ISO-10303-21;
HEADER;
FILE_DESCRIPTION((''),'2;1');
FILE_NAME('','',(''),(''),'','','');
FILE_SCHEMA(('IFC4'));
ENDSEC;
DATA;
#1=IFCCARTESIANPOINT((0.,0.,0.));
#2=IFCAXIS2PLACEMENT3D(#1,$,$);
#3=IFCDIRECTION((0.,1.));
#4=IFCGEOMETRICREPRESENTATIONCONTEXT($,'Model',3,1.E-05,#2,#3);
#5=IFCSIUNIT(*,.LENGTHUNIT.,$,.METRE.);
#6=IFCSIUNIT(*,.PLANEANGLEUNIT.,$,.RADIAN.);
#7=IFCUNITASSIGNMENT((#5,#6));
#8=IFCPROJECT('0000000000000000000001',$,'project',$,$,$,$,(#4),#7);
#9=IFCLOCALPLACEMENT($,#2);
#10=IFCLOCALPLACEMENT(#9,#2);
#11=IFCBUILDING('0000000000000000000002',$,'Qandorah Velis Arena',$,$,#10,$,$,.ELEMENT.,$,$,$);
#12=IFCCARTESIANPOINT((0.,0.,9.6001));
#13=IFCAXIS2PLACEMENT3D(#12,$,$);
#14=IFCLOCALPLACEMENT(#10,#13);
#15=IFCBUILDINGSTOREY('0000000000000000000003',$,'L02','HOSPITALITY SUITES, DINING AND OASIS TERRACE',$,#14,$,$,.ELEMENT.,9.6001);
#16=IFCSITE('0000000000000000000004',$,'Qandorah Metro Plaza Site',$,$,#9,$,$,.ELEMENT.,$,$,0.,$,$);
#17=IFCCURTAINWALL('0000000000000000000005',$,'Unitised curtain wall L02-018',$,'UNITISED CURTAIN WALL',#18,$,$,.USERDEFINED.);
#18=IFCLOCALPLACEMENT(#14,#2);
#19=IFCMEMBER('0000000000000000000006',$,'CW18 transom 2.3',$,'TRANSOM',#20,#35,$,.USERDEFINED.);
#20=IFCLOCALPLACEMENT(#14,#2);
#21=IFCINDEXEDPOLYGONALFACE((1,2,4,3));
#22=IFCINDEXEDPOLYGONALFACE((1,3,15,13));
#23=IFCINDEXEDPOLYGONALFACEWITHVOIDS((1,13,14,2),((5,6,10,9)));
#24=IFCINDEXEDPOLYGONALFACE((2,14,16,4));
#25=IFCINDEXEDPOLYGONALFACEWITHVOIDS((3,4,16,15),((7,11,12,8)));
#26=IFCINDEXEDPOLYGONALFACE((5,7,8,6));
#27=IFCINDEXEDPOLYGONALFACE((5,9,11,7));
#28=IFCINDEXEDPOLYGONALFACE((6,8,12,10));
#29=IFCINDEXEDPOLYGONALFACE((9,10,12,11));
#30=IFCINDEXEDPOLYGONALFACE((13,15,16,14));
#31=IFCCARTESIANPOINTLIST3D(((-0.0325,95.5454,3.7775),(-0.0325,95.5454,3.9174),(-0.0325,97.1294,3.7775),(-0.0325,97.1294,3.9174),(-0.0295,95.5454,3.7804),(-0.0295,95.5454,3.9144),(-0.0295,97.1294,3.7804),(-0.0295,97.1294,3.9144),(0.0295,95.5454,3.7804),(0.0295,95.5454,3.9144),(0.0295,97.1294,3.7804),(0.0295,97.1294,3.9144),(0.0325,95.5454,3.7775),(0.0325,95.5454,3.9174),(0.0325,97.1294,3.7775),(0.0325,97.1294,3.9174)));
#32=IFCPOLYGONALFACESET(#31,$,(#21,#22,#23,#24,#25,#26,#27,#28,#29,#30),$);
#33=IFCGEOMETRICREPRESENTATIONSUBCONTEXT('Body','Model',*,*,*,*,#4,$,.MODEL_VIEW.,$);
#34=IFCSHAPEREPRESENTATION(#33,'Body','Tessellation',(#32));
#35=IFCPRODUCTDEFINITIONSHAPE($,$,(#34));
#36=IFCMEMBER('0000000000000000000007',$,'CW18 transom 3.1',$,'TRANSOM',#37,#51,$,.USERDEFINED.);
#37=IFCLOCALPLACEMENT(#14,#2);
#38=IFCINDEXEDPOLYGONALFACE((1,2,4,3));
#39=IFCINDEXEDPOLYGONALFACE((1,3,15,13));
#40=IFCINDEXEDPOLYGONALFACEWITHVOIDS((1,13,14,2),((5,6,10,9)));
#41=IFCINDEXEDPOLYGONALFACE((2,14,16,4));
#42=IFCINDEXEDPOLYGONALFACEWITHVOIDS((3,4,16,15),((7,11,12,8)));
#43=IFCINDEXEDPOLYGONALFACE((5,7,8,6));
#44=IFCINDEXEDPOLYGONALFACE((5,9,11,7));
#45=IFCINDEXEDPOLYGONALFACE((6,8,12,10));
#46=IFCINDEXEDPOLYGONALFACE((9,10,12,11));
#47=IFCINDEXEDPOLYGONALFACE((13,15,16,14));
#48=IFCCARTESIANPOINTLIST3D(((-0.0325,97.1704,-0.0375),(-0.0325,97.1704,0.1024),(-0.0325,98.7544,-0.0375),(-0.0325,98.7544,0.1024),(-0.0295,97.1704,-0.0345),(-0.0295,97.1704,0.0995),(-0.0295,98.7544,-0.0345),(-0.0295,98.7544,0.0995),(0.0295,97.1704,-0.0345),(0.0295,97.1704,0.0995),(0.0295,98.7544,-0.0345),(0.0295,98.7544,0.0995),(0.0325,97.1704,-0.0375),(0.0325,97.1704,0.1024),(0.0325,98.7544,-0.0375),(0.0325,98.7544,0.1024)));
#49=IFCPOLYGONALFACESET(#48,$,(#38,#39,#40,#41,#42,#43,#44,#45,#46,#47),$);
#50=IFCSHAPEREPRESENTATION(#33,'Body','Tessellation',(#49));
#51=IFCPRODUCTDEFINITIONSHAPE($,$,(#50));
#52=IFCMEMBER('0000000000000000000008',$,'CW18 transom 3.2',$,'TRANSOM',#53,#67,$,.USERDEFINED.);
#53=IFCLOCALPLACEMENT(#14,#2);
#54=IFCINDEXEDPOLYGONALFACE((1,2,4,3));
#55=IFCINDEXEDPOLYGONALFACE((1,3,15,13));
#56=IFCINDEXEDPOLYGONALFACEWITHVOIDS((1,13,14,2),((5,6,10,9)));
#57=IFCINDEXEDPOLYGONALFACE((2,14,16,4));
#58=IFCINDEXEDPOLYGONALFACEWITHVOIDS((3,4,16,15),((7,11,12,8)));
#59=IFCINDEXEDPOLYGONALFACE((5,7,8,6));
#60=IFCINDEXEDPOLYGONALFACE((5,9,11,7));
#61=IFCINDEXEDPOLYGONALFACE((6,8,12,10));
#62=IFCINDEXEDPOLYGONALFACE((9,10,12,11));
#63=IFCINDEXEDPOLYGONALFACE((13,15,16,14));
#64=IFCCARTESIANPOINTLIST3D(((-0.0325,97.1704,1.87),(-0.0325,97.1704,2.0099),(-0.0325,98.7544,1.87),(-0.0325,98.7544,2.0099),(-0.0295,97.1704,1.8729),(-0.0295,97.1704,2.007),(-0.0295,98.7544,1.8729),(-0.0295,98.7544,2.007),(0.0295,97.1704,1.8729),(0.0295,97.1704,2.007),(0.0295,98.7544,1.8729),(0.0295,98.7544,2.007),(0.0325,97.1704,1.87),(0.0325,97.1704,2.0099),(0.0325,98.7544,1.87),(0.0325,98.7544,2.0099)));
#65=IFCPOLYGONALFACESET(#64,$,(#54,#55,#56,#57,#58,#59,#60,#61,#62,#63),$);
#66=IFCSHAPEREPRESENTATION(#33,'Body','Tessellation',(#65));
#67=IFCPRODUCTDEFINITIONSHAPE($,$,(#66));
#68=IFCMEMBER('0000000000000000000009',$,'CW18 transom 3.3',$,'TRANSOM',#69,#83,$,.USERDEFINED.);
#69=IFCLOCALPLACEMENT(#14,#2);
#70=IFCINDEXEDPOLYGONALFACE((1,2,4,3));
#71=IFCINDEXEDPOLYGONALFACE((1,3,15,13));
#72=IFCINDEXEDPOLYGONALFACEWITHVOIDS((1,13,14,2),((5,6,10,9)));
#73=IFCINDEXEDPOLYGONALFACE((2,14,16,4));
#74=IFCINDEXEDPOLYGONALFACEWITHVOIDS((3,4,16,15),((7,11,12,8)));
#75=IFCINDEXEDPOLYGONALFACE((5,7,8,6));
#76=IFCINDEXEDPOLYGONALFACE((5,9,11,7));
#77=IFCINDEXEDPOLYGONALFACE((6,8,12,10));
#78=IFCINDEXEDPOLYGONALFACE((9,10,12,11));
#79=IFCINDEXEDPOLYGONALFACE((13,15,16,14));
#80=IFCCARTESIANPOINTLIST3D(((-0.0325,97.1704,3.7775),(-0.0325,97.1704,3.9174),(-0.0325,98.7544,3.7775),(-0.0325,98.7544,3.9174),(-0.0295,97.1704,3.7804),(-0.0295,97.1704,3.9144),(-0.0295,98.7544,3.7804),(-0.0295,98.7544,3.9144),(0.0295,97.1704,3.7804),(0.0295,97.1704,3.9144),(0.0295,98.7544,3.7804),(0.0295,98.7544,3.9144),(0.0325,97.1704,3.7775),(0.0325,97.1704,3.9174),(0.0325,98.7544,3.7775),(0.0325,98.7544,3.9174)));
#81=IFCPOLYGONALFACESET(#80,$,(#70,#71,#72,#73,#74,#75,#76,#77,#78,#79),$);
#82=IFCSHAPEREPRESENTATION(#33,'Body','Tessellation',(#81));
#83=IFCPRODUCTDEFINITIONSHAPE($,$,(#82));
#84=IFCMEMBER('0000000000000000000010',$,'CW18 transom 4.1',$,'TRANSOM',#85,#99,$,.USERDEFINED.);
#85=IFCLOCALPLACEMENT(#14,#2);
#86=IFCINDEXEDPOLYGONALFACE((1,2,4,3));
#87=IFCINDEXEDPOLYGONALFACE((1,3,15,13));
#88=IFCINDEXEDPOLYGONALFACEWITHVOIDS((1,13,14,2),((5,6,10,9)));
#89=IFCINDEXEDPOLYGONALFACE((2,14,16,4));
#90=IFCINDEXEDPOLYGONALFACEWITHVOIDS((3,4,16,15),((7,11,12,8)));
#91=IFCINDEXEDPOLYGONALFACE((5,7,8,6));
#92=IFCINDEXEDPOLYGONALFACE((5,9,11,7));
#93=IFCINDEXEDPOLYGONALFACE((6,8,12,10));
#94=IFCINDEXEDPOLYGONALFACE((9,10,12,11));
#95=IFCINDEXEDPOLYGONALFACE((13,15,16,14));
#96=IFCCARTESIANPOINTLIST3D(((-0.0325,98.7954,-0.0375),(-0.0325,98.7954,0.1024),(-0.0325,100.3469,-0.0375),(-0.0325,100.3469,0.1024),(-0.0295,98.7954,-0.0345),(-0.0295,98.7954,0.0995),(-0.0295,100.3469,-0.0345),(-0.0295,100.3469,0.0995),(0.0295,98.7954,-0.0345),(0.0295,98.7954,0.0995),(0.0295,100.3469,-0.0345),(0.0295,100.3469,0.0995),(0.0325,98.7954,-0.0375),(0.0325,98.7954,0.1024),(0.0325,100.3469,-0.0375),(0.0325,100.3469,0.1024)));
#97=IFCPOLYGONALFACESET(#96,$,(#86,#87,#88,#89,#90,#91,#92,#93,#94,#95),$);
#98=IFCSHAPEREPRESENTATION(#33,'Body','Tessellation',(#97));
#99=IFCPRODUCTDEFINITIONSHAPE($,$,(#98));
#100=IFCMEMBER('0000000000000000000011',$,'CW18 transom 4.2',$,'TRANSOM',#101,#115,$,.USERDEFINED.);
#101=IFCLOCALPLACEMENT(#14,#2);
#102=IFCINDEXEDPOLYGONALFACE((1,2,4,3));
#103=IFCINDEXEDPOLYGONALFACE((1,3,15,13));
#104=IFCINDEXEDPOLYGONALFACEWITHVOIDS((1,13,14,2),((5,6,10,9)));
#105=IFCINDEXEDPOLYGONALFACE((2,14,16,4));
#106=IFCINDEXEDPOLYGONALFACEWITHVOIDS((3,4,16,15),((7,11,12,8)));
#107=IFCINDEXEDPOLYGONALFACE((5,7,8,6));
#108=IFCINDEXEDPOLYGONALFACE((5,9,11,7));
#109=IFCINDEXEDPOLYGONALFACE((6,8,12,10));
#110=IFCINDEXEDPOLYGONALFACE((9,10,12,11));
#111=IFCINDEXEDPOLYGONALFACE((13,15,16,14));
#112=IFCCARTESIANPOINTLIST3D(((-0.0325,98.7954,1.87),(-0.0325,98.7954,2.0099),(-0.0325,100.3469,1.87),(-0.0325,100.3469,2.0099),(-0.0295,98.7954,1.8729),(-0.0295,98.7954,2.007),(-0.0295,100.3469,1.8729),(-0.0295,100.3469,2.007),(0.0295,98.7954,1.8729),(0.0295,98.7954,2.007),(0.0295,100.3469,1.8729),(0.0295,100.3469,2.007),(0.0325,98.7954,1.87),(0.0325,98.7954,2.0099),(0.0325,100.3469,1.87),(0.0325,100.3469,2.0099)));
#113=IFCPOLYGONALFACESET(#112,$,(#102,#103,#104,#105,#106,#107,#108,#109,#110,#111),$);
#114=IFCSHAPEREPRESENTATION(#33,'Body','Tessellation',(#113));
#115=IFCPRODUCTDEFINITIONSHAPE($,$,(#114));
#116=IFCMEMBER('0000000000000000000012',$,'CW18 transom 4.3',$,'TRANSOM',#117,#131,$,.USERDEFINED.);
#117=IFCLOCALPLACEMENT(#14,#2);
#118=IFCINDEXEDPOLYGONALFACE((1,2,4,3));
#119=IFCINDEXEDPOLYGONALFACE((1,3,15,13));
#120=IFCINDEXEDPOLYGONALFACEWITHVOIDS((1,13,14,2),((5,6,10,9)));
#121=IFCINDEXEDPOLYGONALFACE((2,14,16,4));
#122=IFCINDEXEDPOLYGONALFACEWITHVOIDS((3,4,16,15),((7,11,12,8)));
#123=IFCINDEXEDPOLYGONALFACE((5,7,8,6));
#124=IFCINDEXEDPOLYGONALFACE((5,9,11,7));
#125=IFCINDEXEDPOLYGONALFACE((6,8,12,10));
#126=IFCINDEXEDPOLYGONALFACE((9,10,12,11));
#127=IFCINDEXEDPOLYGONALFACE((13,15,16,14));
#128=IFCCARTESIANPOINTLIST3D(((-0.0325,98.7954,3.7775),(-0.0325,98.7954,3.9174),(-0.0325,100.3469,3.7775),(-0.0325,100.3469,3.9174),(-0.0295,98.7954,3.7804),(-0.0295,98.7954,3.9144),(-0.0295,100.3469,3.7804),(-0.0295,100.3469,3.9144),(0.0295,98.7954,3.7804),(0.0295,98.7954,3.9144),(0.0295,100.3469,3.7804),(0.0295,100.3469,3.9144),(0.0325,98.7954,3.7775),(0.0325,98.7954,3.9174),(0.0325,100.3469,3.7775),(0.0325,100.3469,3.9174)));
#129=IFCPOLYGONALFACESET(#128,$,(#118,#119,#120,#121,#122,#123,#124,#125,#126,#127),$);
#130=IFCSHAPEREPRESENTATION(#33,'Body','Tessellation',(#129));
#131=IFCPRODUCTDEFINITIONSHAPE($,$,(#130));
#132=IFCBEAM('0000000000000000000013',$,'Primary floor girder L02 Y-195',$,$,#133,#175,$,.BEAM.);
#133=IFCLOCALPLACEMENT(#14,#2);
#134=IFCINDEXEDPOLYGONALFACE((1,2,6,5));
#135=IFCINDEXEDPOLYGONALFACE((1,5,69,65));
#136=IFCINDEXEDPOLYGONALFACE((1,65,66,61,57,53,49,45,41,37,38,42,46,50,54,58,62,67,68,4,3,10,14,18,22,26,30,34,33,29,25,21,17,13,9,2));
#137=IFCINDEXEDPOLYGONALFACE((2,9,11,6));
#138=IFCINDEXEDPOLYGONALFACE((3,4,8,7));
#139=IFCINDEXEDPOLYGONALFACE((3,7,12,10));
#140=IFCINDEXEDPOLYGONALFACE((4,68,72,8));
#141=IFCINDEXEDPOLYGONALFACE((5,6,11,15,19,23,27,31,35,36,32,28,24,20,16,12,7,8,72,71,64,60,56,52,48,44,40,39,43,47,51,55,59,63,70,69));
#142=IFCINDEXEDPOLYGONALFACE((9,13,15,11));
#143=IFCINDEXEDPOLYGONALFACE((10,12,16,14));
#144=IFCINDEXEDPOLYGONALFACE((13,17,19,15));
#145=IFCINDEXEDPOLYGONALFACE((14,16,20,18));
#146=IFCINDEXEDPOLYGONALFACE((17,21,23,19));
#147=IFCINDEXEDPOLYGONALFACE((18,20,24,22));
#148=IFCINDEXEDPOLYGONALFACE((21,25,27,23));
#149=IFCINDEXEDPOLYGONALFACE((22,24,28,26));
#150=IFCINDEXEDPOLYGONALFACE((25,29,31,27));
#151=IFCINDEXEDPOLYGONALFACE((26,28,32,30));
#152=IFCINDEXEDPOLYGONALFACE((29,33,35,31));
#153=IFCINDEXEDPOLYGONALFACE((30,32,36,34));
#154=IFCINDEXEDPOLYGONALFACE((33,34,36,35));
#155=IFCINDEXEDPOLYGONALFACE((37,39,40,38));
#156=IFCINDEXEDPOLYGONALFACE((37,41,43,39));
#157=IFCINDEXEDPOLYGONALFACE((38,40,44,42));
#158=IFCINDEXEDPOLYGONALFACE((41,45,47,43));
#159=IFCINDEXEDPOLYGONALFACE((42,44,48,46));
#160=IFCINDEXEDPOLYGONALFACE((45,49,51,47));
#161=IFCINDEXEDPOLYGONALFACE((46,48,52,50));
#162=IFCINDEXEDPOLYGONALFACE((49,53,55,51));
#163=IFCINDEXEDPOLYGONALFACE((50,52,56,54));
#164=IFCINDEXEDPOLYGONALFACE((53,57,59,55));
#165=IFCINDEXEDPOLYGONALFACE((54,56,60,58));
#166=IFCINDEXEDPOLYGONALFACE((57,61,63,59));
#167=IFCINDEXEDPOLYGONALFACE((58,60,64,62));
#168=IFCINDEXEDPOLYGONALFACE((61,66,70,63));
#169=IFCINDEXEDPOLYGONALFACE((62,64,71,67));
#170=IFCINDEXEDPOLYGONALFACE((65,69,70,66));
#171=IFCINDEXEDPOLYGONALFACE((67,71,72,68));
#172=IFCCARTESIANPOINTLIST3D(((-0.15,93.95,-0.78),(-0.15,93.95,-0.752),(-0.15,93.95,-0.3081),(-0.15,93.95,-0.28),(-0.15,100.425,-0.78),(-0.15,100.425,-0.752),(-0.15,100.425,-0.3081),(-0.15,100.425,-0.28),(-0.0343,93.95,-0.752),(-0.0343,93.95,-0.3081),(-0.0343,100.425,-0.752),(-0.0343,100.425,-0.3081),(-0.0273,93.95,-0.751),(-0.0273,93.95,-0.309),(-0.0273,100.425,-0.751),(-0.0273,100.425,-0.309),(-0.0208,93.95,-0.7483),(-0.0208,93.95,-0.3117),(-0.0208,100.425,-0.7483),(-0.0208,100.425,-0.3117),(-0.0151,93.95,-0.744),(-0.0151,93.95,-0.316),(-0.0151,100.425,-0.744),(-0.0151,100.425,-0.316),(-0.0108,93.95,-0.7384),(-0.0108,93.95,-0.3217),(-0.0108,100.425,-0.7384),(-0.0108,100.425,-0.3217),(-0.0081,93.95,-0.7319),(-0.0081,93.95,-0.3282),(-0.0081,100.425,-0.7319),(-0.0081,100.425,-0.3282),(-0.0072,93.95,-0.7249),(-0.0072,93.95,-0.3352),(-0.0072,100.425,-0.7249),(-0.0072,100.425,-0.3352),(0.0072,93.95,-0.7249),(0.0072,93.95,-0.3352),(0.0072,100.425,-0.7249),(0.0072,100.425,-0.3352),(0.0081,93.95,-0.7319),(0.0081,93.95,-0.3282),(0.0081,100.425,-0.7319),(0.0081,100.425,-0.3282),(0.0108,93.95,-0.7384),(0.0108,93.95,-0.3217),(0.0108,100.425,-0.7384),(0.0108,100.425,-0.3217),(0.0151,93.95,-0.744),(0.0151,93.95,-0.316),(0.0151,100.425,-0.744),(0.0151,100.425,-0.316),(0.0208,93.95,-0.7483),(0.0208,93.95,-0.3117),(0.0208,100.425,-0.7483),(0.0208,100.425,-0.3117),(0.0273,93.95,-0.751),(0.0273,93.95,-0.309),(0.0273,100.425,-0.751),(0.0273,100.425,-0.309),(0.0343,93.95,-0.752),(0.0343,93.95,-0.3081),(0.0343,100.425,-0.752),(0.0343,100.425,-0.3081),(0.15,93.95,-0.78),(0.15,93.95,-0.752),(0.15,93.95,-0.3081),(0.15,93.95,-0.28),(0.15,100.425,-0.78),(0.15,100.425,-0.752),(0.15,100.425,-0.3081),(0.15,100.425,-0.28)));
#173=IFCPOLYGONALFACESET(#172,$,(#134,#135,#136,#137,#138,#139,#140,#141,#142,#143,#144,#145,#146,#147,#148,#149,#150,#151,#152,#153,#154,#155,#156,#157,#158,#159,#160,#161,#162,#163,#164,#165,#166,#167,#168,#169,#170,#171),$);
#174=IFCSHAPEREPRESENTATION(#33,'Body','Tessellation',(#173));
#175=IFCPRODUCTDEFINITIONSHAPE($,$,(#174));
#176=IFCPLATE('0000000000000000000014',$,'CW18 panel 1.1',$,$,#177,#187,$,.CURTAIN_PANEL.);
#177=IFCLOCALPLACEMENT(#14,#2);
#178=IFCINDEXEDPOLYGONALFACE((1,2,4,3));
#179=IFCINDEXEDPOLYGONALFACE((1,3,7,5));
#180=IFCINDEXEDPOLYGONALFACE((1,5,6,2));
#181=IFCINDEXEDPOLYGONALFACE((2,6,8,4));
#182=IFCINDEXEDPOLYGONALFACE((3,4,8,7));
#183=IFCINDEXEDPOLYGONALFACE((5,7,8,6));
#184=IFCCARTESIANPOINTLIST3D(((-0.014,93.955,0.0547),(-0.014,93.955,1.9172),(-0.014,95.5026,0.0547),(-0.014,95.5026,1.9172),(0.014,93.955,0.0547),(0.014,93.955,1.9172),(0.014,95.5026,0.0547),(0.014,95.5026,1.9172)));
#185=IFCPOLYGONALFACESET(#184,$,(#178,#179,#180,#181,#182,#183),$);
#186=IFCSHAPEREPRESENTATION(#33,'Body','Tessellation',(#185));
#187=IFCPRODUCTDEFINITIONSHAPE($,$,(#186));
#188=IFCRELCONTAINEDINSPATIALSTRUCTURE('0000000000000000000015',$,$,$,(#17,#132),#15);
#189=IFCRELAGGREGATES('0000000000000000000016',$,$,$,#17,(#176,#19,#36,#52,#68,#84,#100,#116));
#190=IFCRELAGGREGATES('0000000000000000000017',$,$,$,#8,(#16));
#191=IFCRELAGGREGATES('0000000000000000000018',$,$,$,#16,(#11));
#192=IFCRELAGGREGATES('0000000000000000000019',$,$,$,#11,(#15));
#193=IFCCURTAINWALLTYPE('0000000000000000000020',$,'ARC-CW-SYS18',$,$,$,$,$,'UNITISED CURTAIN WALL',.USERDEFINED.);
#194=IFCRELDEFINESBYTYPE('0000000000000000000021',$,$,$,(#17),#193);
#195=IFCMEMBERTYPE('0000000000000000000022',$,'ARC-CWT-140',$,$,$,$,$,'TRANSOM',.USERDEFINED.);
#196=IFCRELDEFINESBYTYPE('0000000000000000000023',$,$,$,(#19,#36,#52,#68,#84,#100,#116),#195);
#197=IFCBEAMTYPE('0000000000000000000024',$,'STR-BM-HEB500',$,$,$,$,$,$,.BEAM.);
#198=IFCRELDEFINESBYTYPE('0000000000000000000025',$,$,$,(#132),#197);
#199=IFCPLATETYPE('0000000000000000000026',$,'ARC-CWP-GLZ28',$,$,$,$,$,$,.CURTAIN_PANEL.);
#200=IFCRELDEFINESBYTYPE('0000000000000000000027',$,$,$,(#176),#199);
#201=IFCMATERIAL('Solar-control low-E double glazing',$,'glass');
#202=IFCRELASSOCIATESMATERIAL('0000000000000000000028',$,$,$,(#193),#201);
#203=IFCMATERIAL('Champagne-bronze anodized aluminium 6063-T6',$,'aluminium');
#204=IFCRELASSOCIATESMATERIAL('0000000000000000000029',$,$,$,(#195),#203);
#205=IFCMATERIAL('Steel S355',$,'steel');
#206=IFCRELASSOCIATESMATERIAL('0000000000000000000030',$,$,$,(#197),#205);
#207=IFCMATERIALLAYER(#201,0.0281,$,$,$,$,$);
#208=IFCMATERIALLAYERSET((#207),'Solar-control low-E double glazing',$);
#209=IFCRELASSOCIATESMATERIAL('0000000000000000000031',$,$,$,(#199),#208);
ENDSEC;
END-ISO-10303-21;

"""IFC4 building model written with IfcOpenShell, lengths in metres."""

from ifc_helpers import new_model, si_unit, direction, frame, origin, origin_2d, place, context, subcontext, project, spatial, rectangle, hollow_rectangle, i_section, extrude, material, layer, layer_set, material_profile, profile_set, type_object, element, aggregate, save


model = new_model("IFC4")

# Units and contexts
model_context = context("Model", 3, precision=1e-05, world=origin(), true_north=direction((0.0, 1.0)))
body_context = subcontext(model_context, "Body", "Model", "MODEL_VIEW")
ifc_project = project(units=[si_unit("LENGTHUNIT", "METRE"), si_unit("PLANEANGLEUNIT", "RADIAN")], contexts=[model_context])

# Site, building, storey
site_placement = place(None, origin())
site = spatial("IfcSite", under=ifc_project, at=site_placement, Name="Qandorah Metro Plaza Site", CompositionType="ELEMENT", RefElevation=0.0)
building_placement = place(site_placement, origin())
building = spatial("IfcBuilding", under=site, at=building_placement, Name="Qandorah Velis Arena", CompositionType="ELEMENT")
storey_placement = place(building_placement, frame((0.0, 0.0, 9.6001)))
storey = spatial("IfcBuildingStorey", under=building, at=storey_placement, Name="L02", Description="HOSPITALITY SUITES, DINING AND OASIS TERRACE", CompositionType="ELEMENT", Elevation=9.6001)

# Curtain wall, members
ifc_material_1 = material(Name="Solar-control low-E double glazing", Category="glass")
curtain_wall_type = type_object("IfcCurtainWallType", Name="ARC-CW-SYS18", ElementType="UNITISED CURTAIN WALL", PredefinedType="USERDEFINED", material=ifc_material_1)
curtain_wall_placement = place(storey_placement, origin())
curtain_wall = element("IfcCurtainWall", 1, at=curtain_wall_placement, inside=storey, type_object=curtain_wall_type, Name="Unitised curtain wall L02-018", ObjectType="UNITISED CURTAIN WALL", PredefinedType="USERDEFINED")
ifc_material_2 = material(Name="Champagne-bronze anodized aluminium 6063-T6", Category="aluminium")
ifc_material_profile_1 = material_profile(ifc_material_2, hollow_rectangle(XDim=0.0649, YDim=0.1399, WallThickness=0.0029, at=origin_2d()), Name="ALU TRANSOM 65x140")
ifc_profile_set_1 = profile_set([ifc_material_profile_1], Name="Champagne-bronze anodized aluminium 6063-T6")
member_type_1 = type_object("IfcMemberType", Name="ARC-CWT-140", ElementType="TRANSOM", PredefinedType="USERDEFINED", material=ifc_profile_set_1)
member_1_placement = place(storey_placement, frame((0.0, 95.5454, 3.8474), z_axis=(0.0, 1.0, 0.0), x_axis=(-1.0, 0.0, 0.0)))
member_1 = element("IfcMember", 2, at=member_1_placement, type_object=member_type_1, Name="CW18 transom 2.3", ObjectType="TRANSOM", PredefinedType="USERDEFINED", context=body_context, shape_type="SweptSolid", body=[
    extrude(hollow_rectangle(XDim=0.0649, YDim=0.1399, WallThickness=0.0029, at=origin_2d()), origin(), (0.0, 0.0, 1.0), 1.584),
])
member_2_placement = place(storey_placement, frame((0.0, 97.1704, 0.0325), z_axis=(0.0, 1.0, 0.0), x_axis=(-1.0, 0.0, 0.0)))
member_2 = element("IfcMember", 3, at=member_2_placement, type_object=member_type_1, Name="CW18 transom 3.1", ObjectType="TRANSOM", PredefinedType="USERDEFINED", context=body_context, shape_type="SweptSolid", body=[
    extrude(hollow_rectangle(XDim=0.0649, YDim=0.1399, WallThickness=0.0029, at=origin_2d()), origin(), (0.0, 0.0, 1.0), 1.584),
])
member_3_placement = place(storey_placement, frame((0.0, 97.1704, 1.9399), z_axis=(0.0, 1.0, 0.0), x_axis=(-1.0, 0.0, 0.0)))
member_3 = element("IfcMember", 4, at=member_3_placement, type_object=member_type_1, Name="CW18 transom 3.2", ObjectType="TRANSOM", PredefinedType="USERDEFINED", context=body_context, shape_type="SweptSolid", body=[
    extrude(hollow_rectangle(XDim=0.0649, YDim=0.1399, WallThickness=0.0029, at=origin_2d()), origin(), (0.0, 0.0, 1.0), 1.584),
])
member_4_placement = place(storey_placement, frame((0.0, 97.1704, 3.8474), z_axis=(0.0, 1.0, 0.0), x_axis=(-1.0, 0.0, 0.0)))
member_4 = element("IfcMember", 5, at=member_4_placement, type_object=member_type_1, Name="CW18 transom 3.3", ObjectType="TRANSOM", PredefinedType="USERDEFINED", context=body_context, shape_type="SweptSolid", body=[
    extrude(hollow_rectangle(XDim=0.0649, YDim=0.1399, WallThickness=0.0029, at=origin_2d()), origin(), (0.0, 0.0, 1.0), 1.584),
])
member_5_placement = place(storey_placement, frame((0.0, 98.7954, 0.0325), z_axis=(0.0, 1.0, 0.0), x_axis=(-1.0, 0.0, 0.0)))
member_5 = element("IfcMember", 6, at=member_5_placement, type_object=member_type_1, Name="CW18 transom 4.1", ObjectType="TRANSOM", PredefinedType="USERDEFINED", context=body_context, shape_type="SweptSolid", body=[
    extrude(hollow_rectangle(XDim=0.0649, YDim=0.1399, WallThickness=0.0029, at=origin_2d()), origin(), (0.0, 0.0, 1.0), 1.5515),
])
member_6_placement = place(storey_placement, frame((0.0, 98.7954, 1.9399), z_axis=(0.0, 1.0, 0.0), x_axis=(-1.0, 0.0, 0.0)))
member_6 = element("IfcMember", 7, at=member_6_placement, type_object=member_type_1, Name="CW18 transom 4.2", ObjectType="TRANSOM", PredefinedType="USERDEFINED", context=body_context, shape_type="SweptSolid", body=[
    extrude(hollow_rectangle(XDim=0.0649, YDim=0.1399, WallThickness=0.0029, at=origin_2d()), origin(), (0.0, 0.0, 1.0), 1.5515),
])
member_7_placement = place(storey_placement, frame((0.0, 98.7954, 3.8474), z_axis=(0.0, 1.0, 0.0), x_axis=(-1.0, 0.0, 0.0)))
member_7 = element("IfcMember", 8, at=member_7_placement, type_object=member_type_1, Name="CW18 transom 4.3", ObjectType="TRANSOM", PredefinedType="USERDEFINED", context=body_context, shape_type="SweptSolid", body=[
    extrude(hollow_rectangle(XDim=0.0649, YDim=0.1399, WallThickness=0.0029, at=origin_2d()), origin(), (0.0, 0.0, 1.0), 1.5515),
])

# Beam
ifc_material_3 = material(Name="Steel S355", Category="steel")
ifc_material_profile_2 = material_profile(ifc_material_3, i_section(OverallWidth=0.3, OverallDepth=0.5, WebThickness=0.0144, FlangeThickness=0.0281, FilletRadius=0.0271, at=origin_2d()), Name="HEB 500")
ifc_profile_set_2 = profile_set([ifc_material_profile_2], Name="Steel S355")
beam_type = type_object("IfcBeamType", Name="STR-BM-HEB500", PredefinedType="BEAM", material=ifc_profile_set_2)
beam_placement = place(storey_placement, frame((0.0, 93.95, -0.53), z_axis=(0.0, 1.0, 0.0), x_axis=(-1.0, 0.0, 0.0)))
element("IfcBeam", 9, at=beam_placement, inside=storey, type_object=beam_type, Name="Primary floor girder L02 Y-195", PredefinedType="BEAM", context=body_context, shape_type="SweptSolid", body=[
    extrude(i_section(OverallWidth=0.3, OverallDepth=0.5, WebThickness=0.0144, FlangeThickness=0.0281, FilletRadius=0.0271, at=origin_2d()), origin(), (0.0, 0.0, 1.0), 6.4751),
])

# Plate
ifc_layer_1 = layer(ifc_material_1, 0.0281)
ifc_layer_set_1 = layer_set([ifc_layer_1], Name="Solar-control low-E double glazing")
plate_type = type_object("IfcPlateType", Name="ARC-CWP-GLZ28", PredefinedType="CURTAIN_PANEL", material=ifc_layer_set_1)
plate_1_placement = place(storey_placement, frame((0.0, 94.7288, 0.0547), z_axis=(0.0, 0.0, 1.0), x_axis=(0.0, 1.0, 0.0)))
plate_1 = element("IfcPlate", 10, at=plate_1_placement, type_object=plate_type, Name="CW18 panel 1.1", PredefinedType="CURTAIN_PANEL", context=body_context, shape_type="SweptSolid", body=[
    extrude(rectangle(XDim=1.5476, YDim=0.0281, at=origin_2d()), origin(), (0.0, 0.0, 1.0), 1.8625),
])
aggregate(curtain_wall, [plate_1, member_1, member_2, member_3, member_4, member_5, member_6, member_7])

save(model, "model.ifc")
